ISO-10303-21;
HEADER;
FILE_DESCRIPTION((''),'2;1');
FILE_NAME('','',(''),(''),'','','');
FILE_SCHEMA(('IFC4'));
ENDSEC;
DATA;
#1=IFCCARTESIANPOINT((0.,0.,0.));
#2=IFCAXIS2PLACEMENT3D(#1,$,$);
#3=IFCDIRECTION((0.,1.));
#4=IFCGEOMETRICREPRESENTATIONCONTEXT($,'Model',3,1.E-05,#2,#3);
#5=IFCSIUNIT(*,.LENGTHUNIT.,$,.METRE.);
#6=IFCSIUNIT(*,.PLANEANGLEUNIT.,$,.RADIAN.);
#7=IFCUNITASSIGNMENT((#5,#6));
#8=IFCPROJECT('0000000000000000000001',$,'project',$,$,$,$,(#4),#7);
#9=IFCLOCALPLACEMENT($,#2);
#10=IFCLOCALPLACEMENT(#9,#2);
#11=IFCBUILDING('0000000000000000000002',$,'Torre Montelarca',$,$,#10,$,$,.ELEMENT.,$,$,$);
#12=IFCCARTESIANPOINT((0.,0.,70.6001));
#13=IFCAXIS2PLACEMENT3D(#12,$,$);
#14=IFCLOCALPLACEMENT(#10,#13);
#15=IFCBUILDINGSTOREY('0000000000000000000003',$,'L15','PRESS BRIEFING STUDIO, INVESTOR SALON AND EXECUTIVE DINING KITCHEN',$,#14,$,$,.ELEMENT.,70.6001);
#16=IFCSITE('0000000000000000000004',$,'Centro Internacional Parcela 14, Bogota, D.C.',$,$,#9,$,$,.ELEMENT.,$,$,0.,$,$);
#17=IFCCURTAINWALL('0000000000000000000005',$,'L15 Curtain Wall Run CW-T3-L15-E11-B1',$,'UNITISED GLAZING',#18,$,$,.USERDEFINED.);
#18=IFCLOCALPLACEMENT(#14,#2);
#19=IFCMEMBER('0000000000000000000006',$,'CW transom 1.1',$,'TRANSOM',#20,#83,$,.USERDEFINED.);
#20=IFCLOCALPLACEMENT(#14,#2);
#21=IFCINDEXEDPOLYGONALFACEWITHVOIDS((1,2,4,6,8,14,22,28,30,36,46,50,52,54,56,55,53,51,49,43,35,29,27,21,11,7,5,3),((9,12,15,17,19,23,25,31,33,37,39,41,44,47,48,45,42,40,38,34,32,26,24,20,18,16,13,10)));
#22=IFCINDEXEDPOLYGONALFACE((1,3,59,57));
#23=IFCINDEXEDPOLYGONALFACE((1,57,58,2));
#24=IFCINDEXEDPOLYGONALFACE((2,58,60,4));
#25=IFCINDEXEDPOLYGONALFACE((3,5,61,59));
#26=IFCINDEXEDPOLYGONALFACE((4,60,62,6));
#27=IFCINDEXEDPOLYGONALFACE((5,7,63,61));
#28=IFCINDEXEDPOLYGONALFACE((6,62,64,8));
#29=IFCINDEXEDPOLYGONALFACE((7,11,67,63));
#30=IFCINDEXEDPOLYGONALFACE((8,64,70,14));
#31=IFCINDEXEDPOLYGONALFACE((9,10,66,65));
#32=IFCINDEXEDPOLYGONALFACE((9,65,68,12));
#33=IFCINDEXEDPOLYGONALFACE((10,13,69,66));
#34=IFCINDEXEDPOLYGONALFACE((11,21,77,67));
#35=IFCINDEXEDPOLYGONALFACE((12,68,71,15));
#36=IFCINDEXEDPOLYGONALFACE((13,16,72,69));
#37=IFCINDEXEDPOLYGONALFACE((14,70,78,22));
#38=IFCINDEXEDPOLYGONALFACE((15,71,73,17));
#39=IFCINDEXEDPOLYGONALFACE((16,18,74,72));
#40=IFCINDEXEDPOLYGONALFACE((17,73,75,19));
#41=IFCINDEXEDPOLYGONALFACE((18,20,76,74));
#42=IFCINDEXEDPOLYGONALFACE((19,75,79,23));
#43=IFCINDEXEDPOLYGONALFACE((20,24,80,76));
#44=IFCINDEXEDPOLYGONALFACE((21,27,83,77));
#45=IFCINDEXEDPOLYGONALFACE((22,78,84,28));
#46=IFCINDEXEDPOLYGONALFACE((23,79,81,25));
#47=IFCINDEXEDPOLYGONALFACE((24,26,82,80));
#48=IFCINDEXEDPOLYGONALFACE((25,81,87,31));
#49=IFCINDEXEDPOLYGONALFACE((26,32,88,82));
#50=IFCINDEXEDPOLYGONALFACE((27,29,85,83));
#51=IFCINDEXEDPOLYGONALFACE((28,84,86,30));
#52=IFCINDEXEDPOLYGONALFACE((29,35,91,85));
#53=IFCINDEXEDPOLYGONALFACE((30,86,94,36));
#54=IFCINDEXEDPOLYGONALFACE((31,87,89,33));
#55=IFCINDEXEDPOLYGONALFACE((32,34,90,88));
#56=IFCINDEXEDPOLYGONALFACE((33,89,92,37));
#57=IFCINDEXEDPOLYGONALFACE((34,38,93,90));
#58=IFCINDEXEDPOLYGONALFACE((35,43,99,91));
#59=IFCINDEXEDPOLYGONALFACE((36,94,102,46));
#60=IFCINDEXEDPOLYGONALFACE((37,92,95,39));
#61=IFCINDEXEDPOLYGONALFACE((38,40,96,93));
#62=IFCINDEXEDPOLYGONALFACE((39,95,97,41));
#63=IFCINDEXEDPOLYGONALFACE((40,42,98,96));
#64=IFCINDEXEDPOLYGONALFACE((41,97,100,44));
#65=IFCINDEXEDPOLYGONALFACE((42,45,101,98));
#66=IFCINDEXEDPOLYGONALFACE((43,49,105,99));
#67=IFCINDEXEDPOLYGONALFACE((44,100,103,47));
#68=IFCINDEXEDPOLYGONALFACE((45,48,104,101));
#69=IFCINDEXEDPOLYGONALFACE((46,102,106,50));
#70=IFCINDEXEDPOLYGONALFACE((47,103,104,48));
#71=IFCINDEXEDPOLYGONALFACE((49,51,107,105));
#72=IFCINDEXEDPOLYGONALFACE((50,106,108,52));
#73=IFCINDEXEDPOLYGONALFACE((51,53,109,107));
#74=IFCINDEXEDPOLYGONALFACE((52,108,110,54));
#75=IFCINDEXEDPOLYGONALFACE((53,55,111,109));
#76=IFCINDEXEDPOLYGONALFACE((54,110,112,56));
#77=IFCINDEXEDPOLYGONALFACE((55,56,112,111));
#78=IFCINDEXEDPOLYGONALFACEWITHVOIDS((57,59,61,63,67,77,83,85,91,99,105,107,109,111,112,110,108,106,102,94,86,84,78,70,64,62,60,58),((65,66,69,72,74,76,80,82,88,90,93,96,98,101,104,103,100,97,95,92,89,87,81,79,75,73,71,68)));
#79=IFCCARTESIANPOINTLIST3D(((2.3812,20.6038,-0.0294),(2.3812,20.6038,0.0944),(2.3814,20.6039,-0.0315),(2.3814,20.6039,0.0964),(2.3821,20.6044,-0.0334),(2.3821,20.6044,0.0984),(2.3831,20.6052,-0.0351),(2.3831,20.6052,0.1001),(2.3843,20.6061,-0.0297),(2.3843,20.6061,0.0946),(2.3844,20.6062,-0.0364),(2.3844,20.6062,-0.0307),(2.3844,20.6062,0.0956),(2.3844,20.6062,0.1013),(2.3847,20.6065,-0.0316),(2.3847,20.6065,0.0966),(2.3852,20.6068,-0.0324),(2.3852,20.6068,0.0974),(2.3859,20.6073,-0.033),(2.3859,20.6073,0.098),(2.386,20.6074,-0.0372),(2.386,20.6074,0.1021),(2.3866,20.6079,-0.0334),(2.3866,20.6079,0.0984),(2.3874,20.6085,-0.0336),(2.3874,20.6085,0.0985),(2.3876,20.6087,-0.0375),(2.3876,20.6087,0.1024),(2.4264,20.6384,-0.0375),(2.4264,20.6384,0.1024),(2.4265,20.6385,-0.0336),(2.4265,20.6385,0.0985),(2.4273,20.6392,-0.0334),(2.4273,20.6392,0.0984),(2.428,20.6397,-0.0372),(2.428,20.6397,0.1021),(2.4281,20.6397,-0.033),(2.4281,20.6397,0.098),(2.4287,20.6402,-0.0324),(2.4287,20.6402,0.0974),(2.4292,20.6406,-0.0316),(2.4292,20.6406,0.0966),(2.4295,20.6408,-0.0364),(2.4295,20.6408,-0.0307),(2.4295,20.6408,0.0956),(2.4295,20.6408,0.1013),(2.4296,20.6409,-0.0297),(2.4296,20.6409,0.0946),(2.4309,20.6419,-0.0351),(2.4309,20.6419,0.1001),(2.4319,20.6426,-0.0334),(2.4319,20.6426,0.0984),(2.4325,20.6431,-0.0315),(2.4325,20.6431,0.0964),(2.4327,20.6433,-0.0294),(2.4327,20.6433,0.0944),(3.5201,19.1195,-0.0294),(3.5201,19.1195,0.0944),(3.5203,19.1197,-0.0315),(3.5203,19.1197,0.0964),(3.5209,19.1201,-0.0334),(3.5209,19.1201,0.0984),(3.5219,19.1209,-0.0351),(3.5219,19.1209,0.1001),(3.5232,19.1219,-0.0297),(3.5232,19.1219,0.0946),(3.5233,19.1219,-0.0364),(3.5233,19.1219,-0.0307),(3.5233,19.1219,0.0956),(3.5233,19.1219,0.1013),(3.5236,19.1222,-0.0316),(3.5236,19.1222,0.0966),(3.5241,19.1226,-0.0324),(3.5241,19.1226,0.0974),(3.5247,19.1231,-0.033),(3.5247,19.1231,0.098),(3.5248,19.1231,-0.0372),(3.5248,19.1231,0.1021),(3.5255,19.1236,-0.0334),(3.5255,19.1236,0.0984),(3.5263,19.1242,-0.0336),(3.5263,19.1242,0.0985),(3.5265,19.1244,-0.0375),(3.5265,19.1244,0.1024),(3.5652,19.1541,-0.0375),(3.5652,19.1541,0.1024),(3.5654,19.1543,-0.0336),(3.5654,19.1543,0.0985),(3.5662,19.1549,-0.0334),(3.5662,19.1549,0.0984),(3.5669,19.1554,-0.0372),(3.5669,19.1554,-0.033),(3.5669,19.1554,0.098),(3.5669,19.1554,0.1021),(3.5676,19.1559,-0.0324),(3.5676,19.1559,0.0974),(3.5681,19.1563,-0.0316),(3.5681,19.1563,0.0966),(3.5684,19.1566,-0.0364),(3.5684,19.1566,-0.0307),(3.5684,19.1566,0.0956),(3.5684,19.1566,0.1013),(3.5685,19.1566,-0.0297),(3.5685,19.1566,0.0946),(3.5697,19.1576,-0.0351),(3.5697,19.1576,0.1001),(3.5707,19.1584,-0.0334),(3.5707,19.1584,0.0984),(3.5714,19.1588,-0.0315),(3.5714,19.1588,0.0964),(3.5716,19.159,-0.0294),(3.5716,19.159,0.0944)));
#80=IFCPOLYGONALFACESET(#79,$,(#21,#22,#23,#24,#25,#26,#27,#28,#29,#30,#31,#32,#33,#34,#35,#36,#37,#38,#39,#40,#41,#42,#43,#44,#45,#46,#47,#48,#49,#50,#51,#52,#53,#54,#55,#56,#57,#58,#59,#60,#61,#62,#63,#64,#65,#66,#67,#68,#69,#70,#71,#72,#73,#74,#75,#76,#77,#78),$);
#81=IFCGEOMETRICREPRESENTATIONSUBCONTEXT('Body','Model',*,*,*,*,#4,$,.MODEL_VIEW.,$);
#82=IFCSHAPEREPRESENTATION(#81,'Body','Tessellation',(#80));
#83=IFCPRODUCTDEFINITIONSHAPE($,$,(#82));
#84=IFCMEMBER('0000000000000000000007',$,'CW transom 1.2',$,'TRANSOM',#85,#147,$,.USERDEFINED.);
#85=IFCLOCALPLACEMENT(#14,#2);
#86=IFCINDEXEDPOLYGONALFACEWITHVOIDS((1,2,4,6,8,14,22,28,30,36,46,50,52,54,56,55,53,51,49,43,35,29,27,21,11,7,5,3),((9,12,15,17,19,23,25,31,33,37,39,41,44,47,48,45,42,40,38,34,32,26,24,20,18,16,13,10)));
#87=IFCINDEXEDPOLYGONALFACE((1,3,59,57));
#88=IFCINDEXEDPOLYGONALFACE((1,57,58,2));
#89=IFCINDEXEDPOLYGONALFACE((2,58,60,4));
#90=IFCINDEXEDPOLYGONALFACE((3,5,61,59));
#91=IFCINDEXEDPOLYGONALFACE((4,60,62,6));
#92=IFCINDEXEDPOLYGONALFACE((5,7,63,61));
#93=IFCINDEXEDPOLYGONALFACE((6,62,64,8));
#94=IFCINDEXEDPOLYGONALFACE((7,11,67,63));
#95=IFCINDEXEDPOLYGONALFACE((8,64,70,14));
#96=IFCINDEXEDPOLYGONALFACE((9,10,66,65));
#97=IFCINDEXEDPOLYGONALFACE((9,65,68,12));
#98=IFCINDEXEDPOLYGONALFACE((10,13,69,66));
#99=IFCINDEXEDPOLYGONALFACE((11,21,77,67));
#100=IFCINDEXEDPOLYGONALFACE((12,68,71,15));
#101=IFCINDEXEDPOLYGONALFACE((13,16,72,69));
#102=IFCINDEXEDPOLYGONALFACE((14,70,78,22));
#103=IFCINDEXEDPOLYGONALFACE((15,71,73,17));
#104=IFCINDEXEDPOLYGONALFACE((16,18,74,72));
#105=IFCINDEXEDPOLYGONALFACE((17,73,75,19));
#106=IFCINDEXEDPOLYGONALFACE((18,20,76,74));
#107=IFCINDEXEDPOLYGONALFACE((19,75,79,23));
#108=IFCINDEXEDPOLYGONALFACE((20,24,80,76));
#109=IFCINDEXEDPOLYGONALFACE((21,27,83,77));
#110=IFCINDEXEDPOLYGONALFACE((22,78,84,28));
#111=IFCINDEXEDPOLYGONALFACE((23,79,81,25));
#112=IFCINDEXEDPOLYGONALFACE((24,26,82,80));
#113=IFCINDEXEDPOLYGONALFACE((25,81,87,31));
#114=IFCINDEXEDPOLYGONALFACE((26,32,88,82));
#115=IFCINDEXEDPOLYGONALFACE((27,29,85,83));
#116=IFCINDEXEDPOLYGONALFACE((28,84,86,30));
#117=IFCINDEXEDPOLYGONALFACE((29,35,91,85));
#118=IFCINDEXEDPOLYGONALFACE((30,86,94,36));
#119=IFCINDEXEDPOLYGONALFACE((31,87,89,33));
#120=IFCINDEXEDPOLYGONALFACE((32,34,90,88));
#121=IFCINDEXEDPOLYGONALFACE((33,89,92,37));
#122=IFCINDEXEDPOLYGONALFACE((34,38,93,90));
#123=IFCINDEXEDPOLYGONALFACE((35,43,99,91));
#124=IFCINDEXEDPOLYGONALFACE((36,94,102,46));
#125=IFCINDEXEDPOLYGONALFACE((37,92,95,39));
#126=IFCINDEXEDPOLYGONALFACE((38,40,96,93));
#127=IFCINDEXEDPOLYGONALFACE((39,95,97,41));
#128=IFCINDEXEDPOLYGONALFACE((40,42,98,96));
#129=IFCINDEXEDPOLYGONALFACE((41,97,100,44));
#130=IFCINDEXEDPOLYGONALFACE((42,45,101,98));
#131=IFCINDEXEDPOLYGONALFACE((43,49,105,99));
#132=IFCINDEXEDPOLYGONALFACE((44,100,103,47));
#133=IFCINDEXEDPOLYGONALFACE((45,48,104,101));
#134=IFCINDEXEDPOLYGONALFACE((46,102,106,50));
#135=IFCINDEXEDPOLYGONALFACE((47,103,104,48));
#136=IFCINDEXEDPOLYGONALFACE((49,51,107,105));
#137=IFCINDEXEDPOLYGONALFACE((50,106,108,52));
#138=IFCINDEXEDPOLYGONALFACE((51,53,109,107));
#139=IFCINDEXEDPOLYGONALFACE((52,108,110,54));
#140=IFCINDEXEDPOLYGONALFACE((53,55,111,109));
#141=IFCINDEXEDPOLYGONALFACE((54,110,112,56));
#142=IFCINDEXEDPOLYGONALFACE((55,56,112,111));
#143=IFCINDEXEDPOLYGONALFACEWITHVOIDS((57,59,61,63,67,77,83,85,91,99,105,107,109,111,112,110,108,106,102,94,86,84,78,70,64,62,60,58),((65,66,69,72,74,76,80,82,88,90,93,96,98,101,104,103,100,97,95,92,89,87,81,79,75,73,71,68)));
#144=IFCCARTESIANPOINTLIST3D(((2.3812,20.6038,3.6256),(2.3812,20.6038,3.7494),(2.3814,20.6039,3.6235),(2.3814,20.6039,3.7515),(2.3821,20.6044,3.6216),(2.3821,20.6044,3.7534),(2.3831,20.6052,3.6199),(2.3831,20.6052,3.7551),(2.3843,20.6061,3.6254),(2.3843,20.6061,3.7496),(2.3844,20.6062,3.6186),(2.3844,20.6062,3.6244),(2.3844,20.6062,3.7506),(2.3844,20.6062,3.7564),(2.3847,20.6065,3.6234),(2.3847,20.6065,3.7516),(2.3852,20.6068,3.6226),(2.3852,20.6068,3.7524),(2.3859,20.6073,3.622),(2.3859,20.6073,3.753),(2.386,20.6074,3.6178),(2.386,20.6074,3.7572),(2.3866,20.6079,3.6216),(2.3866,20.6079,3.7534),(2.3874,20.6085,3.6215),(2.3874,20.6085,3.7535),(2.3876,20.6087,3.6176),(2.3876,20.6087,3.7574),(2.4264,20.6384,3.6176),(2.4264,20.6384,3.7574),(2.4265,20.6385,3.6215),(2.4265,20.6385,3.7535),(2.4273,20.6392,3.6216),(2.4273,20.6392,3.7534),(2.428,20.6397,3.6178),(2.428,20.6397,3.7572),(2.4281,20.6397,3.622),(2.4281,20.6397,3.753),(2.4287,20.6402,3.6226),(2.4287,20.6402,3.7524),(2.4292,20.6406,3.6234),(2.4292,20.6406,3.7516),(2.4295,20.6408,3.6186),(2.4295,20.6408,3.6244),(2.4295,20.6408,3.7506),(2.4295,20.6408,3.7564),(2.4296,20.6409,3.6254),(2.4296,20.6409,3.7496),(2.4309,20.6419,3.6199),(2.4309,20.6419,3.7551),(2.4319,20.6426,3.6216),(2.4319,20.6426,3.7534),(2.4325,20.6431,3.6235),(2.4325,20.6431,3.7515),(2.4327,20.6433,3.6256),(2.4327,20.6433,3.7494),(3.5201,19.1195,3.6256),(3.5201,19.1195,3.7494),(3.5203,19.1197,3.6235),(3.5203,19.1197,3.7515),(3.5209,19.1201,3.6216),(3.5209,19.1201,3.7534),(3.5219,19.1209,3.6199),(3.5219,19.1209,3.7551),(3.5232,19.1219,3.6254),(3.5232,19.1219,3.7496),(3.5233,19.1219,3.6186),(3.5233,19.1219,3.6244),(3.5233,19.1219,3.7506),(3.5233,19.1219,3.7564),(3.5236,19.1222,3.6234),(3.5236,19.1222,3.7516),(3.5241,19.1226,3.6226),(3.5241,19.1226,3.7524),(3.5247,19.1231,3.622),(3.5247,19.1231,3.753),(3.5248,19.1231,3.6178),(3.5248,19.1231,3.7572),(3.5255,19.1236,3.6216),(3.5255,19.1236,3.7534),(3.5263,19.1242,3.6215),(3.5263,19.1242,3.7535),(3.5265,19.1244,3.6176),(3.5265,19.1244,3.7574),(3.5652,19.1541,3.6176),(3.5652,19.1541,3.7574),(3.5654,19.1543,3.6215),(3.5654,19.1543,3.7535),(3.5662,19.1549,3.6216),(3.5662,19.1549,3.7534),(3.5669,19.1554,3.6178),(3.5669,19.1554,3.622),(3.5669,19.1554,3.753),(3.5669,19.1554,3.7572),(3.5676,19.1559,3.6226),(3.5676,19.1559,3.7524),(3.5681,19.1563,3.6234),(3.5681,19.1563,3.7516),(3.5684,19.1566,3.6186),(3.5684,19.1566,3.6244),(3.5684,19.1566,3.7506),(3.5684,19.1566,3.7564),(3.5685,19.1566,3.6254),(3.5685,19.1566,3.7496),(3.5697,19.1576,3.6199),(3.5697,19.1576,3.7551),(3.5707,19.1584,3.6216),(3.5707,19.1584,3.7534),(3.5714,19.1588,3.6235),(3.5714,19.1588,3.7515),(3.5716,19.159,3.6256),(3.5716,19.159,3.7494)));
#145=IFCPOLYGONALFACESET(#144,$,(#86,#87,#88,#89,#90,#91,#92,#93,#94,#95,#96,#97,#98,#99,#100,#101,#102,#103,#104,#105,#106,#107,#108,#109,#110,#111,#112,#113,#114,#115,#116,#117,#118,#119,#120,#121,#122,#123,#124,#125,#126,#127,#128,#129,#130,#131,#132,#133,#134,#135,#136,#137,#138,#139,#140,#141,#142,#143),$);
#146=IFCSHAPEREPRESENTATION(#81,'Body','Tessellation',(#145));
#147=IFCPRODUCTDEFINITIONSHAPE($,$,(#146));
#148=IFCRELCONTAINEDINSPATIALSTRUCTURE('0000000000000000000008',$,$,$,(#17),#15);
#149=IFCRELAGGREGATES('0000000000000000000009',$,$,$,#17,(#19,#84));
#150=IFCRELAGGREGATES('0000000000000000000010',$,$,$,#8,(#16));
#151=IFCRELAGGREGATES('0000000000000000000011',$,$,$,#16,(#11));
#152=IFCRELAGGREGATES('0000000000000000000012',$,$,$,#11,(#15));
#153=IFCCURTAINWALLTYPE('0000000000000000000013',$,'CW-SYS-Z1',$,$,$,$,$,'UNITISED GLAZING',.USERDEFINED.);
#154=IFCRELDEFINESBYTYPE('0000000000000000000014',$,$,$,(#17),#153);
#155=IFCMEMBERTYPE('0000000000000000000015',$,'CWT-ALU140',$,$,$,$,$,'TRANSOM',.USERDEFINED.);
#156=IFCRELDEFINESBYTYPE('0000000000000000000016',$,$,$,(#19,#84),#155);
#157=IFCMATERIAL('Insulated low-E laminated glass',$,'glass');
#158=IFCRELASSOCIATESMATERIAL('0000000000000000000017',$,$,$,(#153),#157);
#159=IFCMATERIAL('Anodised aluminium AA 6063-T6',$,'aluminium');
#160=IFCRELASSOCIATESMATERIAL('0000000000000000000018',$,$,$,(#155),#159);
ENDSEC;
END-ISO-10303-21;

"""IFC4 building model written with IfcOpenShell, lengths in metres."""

from ifc_helpers import new_model, si_unit, direction, frame, origin, origin_2d, place, context, subcontext, project, spatial, hollow_rectangle, extrude, source, transform, mapped, material, material_profile, profile_set, type_object, element, aggregate, save


model = new_model("IFC4")

# Units and contexts
model_context = context("Model", 3, precision=1e-05, world=origin(), true_north=direction((0.0, 1.0)))
body_context = subcontext(model_context, "Body", "Model", "MODEL_VIEW")
ifc_project = project(units=[si_unit("LENGTHUNIT", "METRE"), si_unit("PLANEANGLEUNIT", "RADIAN")], contexts=[model_context])

# Site, building, storey
site_placement = place(None, origin())
site = spatial("IfcSite", under=ifc_project, at=site_placement, Name="Centro Internacional Parcela 14, Bogota, D.C.", CompositionType="ELEMENT", RefElevation=0.0)
building_placement = place(site_placement, origin())
building = spatial("IfcBuilding", under=site, at=building_placement, Name="Torre Montelarca", CompositionType="ELEMENT")
storey_placement = place(building_placement, frame((0.0, 0.0, 70.6001)))
storey = spatial("IfcBuildingStorey", under=building, at=storey_placement, Name="L15", Description="PRESS BRIEFING STUDIO, INVESTOR SALON AND EXECUTIVE DINING KITCHEN", CompositionType="ELEMENT", Elevation=70.6001)

# Curtain wall, members
ifc_material_1 = material(Name="Insulated low-E laminated glass", Category="glass")
curtain_wall_type = type_object("IfcCurtainWallType", Name="CW-SYS-Z1", ElementType="UNITISED GLAZING", PredefinedType="USERDEFINED", material=ifc_material_1)
ifc_material_2 = material(Name="Anodised aluminium AA 6063-T6", Category="aluminium")
ifc_material_profile_1 = material_profile(ifc_material_2, hollow_rectangle(XDim=0.0649, YDim=0.1399, WallThickness=0.0039, InnerFilletRadius=0.0039, OuterFilletRadius=0.0081, at=origin_2d()), Name="ALU65X140X4", Category="aluminium")
ifc_profile_set_1 = profile_set([ifc_material_profile_1], Name="Anodised aluminium AA 6063-T6")
member_type_1 = type_object("IfcMemberType", Name="CWT-ALU140", ElementType="TRANSOM", PredefinedType="USERDEFINED", material=ifc_profile_set_1)
curtain_wall_1_placement = place(storey_placement, origin())
curtain_wall_1 = element("IfcCurtainWall", 1, at=curtain_wall_1_placement, inside=storey, type_object=curtain_wall_type, Name="L15 Curtain Wall Run CW-T3-L15-E11-B1", ObjectType="UNITISED GLAZING", PredefinedType="USERDEFINED")
shared_shape_1 = source(origin(), body_context, "Body", "SweptSolid", [
    extrude(hollow_rectangle(XDim=0.0649, YDim=0.1399, WallThickness=0.0039, InnerFilletRadius=0.0039, OuterFilletRadius=0.0081, at=origin_2d()), origin(), (0.0, 0.0, 1.0), 1.8708),
])
member_1_placement = place(storey_placement, frame((2.407, 20.6235, 0.0325), z_axis=(0.608733, -0.793375, 0.0), x_axis=(0.793375, 0.608733, 0.0)))
member_1 = element("IfcMember", 2, at=member_1_placement, type_object=member_type_1, Name="CW transom 1.1", ObjectType="TRANSOM", PredefinedType="USERDEFINED", context=body_context, shape_type="MappedRepresentation", body=[
    mapped(shared_shape_1, transform((0.0, 0.0, 0.0), scale=1.0)),
])
member_2_placement = place(storey_placement, frame((2.407, 20.6235, 3.6875), z_axis=(0.608733, -0.793375, 0.0), x_axis=(0.793375, 0.608733, 0.0)))
member_2 = element("IfcMember", 3, at=member_2_placement, type_object=member_type_1, Name="CW transom 1.2", ObjectType="TRANSOM", PredefinedType="USERDEFINED", context=body_context, shape_type="MappedRepresentation", body=[
    mapped(shared_shape_1, transform((0.0, 0.0, 0.0), scale=1.0)),
])

aggregate(curtain_wall_1, [member_1, member_2])

save(model, "model.ifc")
